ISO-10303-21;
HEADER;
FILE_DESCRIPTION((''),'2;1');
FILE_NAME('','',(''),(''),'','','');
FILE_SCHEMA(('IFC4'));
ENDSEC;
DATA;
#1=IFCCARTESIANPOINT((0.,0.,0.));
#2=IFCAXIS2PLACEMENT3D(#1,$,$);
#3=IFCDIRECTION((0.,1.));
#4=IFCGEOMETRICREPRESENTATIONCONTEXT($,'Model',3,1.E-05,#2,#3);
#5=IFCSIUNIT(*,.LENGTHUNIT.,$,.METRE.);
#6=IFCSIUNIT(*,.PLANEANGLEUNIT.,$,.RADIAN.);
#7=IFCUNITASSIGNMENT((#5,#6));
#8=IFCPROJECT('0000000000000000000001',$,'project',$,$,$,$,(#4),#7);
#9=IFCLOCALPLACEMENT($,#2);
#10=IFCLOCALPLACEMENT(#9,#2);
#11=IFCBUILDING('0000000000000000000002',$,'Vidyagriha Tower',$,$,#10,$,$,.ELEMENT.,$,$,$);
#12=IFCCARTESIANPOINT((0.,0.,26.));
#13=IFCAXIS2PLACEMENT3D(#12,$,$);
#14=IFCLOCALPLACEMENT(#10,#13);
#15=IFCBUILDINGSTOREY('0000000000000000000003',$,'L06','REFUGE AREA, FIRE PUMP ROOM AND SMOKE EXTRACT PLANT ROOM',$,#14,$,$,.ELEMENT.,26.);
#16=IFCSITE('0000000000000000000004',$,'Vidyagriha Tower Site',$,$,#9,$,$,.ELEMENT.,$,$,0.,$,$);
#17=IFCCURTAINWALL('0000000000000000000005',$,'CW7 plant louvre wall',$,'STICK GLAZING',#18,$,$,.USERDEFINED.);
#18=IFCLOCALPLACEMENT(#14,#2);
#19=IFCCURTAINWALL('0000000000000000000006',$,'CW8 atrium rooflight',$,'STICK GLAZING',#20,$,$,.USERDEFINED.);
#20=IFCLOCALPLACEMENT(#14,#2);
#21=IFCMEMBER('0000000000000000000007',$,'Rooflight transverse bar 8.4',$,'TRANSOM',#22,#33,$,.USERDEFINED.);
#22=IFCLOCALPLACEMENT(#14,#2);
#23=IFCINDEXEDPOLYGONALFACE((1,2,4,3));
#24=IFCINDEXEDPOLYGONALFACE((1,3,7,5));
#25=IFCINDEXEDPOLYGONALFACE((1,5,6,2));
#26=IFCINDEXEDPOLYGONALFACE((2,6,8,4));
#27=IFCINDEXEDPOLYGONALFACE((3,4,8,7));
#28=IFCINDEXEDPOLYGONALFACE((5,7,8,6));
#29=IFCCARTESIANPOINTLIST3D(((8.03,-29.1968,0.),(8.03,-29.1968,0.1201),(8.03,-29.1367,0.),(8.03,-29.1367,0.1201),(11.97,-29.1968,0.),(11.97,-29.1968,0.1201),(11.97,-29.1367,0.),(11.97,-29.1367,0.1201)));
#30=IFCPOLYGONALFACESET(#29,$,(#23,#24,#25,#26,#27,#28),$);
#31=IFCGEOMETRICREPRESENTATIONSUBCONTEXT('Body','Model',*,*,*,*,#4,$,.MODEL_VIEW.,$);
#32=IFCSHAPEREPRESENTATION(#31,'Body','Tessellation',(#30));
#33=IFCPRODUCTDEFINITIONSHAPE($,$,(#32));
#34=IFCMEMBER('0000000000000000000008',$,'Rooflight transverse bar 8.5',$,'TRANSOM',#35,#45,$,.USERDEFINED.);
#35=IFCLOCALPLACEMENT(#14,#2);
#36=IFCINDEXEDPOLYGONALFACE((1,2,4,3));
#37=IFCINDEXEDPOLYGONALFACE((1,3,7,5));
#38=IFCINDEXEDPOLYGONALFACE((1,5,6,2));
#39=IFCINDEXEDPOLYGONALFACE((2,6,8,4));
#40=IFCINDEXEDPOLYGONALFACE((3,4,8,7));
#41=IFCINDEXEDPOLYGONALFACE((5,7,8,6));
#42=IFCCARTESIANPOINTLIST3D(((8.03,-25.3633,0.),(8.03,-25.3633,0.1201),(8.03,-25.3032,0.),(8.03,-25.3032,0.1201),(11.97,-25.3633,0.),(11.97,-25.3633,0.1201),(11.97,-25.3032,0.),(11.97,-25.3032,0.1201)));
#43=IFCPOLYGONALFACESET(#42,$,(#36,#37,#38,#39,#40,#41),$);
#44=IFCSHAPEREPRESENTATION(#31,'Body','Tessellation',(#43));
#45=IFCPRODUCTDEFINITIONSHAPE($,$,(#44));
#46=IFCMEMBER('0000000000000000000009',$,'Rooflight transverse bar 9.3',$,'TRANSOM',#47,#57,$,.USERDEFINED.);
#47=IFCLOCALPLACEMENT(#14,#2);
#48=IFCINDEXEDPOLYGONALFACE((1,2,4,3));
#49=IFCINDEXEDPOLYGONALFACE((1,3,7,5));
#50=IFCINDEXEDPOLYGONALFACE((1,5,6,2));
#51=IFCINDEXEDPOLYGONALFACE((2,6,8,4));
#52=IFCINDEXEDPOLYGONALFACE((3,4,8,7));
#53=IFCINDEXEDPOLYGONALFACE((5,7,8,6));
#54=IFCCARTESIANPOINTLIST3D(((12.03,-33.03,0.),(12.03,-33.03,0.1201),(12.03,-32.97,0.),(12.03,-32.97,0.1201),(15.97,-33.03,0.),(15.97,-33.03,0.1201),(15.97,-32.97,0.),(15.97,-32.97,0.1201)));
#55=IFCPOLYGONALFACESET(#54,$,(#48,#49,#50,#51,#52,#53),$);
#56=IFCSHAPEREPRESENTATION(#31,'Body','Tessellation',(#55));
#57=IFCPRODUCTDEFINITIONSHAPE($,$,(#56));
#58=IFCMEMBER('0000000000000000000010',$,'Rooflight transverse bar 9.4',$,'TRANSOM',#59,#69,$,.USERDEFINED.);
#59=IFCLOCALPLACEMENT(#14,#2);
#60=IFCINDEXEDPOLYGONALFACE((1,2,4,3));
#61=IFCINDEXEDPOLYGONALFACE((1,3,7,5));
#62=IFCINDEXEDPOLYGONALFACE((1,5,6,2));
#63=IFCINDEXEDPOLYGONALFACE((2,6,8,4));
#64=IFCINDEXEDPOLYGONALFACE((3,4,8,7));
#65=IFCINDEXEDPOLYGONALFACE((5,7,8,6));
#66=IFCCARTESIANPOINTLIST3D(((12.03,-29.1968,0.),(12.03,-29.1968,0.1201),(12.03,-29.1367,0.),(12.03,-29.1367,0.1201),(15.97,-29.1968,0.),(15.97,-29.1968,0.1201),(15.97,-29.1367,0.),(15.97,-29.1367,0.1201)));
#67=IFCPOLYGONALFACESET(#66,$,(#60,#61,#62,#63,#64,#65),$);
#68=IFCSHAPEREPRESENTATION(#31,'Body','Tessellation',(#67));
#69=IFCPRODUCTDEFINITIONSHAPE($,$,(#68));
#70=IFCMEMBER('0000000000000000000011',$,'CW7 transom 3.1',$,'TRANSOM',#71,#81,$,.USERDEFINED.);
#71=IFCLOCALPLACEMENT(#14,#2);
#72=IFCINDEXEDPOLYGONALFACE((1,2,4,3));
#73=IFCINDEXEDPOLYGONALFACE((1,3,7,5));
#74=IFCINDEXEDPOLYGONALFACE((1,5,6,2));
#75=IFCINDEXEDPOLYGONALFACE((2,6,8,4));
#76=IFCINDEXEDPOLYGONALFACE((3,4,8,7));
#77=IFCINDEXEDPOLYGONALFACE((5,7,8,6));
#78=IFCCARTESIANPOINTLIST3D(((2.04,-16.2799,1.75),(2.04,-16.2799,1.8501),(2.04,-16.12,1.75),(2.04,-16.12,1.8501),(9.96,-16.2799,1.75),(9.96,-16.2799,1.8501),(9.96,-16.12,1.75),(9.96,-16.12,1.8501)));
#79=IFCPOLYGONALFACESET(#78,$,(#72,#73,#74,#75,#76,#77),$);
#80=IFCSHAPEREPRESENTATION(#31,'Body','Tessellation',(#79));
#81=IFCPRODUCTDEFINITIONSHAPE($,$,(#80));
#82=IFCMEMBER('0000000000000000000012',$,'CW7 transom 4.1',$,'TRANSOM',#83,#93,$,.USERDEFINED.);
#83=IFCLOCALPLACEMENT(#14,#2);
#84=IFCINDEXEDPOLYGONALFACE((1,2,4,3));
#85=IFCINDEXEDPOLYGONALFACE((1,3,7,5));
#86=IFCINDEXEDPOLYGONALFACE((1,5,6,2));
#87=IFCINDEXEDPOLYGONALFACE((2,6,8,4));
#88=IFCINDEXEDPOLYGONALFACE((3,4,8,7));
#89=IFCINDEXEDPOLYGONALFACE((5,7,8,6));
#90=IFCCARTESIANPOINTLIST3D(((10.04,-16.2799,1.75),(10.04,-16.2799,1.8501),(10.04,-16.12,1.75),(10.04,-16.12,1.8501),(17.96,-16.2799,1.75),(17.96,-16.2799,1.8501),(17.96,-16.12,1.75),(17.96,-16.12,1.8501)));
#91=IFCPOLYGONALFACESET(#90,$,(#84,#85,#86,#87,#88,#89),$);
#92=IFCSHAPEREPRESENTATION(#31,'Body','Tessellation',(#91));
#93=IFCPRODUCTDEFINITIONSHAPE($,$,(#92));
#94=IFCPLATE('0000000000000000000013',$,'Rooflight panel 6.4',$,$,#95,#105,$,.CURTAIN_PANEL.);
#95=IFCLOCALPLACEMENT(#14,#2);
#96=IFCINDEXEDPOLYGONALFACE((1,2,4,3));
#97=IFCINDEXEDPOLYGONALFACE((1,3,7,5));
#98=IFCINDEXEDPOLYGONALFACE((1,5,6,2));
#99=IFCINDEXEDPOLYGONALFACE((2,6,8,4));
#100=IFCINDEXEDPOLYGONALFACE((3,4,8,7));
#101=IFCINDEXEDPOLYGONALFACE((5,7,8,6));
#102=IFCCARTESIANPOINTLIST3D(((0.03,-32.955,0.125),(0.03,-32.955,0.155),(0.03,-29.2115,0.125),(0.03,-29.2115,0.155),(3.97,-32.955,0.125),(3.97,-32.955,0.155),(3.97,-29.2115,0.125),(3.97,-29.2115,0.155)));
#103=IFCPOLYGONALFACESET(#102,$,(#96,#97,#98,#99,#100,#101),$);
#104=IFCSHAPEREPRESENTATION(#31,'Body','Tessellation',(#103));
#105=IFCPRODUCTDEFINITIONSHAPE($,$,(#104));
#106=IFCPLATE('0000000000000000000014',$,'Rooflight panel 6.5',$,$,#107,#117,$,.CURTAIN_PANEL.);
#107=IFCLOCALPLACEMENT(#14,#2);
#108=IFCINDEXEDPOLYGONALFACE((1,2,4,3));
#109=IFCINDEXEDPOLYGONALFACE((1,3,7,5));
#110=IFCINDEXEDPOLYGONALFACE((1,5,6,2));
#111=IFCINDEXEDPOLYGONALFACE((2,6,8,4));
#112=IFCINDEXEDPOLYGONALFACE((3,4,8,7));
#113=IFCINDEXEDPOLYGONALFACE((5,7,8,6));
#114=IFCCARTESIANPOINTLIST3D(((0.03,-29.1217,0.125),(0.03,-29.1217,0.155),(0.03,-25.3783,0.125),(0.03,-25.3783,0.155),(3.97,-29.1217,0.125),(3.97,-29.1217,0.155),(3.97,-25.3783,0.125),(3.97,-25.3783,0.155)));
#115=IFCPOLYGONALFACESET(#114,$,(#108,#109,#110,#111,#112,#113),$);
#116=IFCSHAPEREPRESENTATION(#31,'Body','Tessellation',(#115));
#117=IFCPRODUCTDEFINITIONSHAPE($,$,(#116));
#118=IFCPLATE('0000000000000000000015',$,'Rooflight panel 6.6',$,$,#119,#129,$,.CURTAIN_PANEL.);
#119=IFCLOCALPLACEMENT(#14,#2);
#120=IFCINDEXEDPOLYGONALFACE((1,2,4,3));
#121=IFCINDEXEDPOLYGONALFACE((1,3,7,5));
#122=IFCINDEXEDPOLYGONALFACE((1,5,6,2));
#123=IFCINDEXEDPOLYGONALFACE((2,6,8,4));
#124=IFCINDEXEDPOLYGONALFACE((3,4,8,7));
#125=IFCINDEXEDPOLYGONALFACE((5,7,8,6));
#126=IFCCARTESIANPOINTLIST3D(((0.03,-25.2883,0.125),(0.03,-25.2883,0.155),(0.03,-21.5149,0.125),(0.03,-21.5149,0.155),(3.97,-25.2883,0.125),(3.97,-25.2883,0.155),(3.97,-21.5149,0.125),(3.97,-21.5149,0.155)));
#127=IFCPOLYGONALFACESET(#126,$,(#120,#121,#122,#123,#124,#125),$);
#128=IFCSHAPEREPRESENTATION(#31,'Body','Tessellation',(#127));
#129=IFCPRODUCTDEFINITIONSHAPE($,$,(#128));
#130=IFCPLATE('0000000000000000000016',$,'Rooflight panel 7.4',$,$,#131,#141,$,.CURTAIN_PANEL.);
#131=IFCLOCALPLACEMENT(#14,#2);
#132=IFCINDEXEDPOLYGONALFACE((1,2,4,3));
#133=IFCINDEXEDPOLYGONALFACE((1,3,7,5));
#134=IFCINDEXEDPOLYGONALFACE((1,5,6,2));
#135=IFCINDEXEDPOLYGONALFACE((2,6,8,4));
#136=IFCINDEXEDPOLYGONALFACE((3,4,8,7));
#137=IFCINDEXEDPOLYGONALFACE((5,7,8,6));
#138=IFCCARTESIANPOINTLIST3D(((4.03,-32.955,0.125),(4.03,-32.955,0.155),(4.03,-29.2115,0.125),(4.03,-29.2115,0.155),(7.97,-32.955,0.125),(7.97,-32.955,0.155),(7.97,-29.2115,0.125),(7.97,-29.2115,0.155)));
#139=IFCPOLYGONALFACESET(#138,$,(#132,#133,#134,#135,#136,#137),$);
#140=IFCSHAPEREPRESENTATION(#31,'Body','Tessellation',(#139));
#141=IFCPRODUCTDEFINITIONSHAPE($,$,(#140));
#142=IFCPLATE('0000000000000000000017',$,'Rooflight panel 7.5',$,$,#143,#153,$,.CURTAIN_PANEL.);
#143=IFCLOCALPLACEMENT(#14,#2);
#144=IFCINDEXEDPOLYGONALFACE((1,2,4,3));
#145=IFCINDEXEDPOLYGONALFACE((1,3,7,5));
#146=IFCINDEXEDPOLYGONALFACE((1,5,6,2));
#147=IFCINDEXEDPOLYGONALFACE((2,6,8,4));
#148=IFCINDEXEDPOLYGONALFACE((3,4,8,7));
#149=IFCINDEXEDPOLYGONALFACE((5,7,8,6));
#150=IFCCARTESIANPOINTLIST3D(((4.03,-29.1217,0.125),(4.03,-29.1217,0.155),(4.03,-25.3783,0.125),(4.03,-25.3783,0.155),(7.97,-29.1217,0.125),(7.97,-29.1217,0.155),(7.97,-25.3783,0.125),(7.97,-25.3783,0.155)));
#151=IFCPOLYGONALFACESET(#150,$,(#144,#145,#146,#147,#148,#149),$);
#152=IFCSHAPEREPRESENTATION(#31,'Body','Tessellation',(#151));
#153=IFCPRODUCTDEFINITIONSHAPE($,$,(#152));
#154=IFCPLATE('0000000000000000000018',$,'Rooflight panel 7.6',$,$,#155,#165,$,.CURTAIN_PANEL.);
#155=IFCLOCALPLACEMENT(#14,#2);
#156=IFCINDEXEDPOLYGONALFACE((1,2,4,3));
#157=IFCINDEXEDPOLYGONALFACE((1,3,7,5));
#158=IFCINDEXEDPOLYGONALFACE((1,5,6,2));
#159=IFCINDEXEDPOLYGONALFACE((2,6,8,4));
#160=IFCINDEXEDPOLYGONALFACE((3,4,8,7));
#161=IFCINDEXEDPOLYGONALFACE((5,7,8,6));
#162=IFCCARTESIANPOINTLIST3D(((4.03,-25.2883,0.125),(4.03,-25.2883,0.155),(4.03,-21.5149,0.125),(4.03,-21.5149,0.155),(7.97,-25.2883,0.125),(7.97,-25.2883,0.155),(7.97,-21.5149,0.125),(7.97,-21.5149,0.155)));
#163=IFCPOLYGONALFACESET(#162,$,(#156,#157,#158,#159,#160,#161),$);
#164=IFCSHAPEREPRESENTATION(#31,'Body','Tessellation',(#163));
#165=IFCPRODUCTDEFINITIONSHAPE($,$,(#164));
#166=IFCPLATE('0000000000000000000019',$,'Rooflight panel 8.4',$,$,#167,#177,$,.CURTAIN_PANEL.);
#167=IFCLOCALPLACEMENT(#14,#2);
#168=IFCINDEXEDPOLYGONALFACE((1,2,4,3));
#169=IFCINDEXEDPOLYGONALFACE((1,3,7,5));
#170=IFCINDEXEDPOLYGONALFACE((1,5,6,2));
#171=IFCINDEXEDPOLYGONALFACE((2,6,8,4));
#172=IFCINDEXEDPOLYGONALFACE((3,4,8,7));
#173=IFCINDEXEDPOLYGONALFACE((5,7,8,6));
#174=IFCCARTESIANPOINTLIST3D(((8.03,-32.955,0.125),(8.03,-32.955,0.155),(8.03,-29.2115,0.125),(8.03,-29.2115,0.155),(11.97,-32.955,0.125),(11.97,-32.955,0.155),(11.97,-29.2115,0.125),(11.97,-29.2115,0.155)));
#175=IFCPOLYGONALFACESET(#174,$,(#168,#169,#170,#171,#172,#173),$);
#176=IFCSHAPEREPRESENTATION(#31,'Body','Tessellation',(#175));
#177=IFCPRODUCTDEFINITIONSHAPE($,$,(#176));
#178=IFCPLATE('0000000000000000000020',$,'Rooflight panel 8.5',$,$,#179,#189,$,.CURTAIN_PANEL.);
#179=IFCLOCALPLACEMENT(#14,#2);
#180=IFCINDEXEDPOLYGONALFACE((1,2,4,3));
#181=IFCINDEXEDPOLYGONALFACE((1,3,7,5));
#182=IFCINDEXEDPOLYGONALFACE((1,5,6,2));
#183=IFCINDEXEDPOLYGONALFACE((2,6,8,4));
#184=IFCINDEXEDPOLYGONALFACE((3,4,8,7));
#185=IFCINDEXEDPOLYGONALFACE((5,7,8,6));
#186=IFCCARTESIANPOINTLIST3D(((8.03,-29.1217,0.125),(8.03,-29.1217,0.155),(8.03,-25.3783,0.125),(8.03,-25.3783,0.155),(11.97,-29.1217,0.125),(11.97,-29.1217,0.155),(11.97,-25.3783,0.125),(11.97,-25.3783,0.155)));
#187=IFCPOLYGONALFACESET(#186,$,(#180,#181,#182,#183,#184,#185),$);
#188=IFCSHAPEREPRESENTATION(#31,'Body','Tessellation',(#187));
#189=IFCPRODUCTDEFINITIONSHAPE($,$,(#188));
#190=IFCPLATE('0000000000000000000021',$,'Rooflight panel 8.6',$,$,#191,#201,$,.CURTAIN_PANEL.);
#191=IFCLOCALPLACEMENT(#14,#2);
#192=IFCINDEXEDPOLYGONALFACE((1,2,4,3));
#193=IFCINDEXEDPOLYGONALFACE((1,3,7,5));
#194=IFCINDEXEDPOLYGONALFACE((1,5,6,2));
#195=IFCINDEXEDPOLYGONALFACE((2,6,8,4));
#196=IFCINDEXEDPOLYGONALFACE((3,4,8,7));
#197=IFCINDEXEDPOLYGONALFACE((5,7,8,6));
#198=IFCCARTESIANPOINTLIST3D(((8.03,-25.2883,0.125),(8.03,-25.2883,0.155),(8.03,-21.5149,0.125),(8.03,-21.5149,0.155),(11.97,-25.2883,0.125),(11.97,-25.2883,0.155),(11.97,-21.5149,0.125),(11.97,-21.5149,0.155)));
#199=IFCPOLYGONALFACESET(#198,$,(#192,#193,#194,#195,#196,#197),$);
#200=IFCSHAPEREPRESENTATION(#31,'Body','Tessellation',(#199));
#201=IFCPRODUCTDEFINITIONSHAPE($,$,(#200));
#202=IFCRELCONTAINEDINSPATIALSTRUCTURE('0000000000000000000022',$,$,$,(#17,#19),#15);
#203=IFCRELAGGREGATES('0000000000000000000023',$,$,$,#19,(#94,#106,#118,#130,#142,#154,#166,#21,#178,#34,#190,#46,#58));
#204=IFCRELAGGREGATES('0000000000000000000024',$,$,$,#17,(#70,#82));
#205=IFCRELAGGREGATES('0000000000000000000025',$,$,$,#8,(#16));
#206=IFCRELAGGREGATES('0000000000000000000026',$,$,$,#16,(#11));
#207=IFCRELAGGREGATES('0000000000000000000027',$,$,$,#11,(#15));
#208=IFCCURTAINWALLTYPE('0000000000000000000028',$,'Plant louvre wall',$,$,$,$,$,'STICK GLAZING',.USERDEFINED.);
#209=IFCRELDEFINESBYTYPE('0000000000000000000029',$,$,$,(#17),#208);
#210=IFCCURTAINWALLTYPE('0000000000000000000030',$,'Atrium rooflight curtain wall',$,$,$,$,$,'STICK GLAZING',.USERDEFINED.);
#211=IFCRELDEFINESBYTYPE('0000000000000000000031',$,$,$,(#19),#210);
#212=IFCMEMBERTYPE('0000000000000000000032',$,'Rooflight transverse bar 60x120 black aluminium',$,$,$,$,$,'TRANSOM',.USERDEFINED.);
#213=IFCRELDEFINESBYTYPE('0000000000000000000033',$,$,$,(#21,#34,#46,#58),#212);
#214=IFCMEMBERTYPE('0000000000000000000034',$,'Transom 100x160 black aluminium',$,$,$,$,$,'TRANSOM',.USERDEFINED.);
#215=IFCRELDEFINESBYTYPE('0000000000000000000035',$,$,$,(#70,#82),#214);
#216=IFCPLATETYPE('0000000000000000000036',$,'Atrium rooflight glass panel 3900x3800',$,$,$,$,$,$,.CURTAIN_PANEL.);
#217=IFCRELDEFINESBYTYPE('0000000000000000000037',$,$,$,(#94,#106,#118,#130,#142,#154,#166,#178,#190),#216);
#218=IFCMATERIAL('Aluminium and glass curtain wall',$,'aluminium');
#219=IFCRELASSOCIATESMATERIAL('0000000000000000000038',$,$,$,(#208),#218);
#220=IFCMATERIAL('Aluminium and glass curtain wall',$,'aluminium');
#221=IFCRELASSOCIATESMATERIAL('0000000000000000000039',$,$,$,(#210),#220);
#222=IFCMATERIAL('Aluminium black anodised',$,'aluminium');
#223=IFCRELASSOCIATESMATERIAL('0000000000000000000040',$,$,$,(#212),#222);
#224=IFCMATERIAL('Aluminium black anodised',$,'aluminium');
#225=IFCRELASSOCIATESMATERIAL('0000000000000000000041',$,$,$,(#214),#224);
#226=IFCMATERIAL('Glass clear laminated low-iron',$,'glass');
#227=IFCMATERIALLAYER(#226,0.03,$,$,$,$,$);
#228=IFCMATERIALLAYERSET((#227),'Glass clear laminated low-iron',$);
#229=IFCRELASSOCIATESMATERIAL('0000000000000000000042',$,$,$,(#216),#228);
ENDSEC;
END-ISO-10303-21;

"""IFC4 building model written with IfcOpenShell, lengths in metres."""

from ifc_helpers import new_model, si_unit, direction, frame, origin, origin_2d, place, context, subcontext, project, spatial, rectangle, extrude, material, layer, layer_set, material_profile, profile_set, type_object, element, aggregate, save


model = new_model("IFC4")

# Units and contexts
model_context = context("Model", 3, precision=1e-05, world=origin(), true_north=direction((0.0, 1.0)))
body_context = subcontext(model_context, "Body", "Model", "MODEL_VIEW")
ifc_project = project(units=[si_unit("LENGTHUNIT", "METRE"), si_unit("PLANEANGLEUNIT", "RADIAN")], contexts=[model_context])

# Site, building, storey
site_placement = place(None, origin())
site = spatial("IfcSite", under=ifc_project, at=site_placement, Name="Vidyagriha Tower Site", CompositionType="ELEMENT", RefElevation=0.0)
building_placement = place(site_placement, origin())
building = spatial("IfcBuilding", under=site, at=building_placement, Name="Vidyagriha Tower", CompositionType="ELEMENT")
storey_placement = place(building_placement, frame((0.0, 0.0, 26.0)))
storey = spatial("IfcBuildingStorey", under=building, at=storey_placement, Name="L06", Description="REFUGE AREA, FIRE PUMP ROOM AND SMOKE EXTRACT PLANT ROOM", CompositionType="ELEMENT", Elevation=26.0)

# Curtain walls, members
ifc_material_1 = material(Name="Aluminium and glass curtain wall", Category="aluminium")
curtain_wall_type_1 = type_object("IfcCurtainWallType", Name="Plant louvre wall", ElementType="STICK GLAZING", PredefinedType="USERDEFINED", material=ifc_material_1)
curtain_wall_1_placement = place(storey_placement, origin())
curtain_wall_1 = element("IfcCurtainWall", 1, at=curtain_wall_1_placement, inside=storey, type_object=curtain_wall_type_1, Name="CW7 plant louvre wall", ObjectType="STICK GLAZING", PredefinedType="USERDEFINED")
ifc_material_2 = material(Name="Aluminium and glass curtain wall", Category="aluminium")
curtain_wall_type_2 = type_object("IfcCurtainWallType", Name="Atrium rooflight curtain wall", ElementType="STICK GLAZING", PredefinedType="USERDEFINED", material=ifc_material_2)
curtain_wall_2_placement = place(storey_placement, origin())
curtain_wall_2 = element("IfcCurtainWall", 2, at=curtain_wall_2_placement, inside=storey, type_object=curtain_wall_type_2, Name="CW8 atrium rooflight", ObjectType="STICK GLAZING", PredefinedType="USERDEFINED")
ifc_material_3 = material(Name="Aluminium black anodised", Category="aluminium")
ifc_material_profile_1 = material_profile(ifc_material_3, rectangle(XDim=0.0601, YDim=0.1201, at=origin_2d()), Name="Rooflight transverse bar 60x120 black aluminium")
ifc_profile_set_1 = profile_set([ifc_material_profile_1], Name="Aluminium black anodised")
member_type_1 = type_object("IfcMemberType", Name="Rooflight transverse bar 60x120 black aluminium", ElementType="TRANSOM", PredefinedType="USERDEFINED", material=ifc_profile_set_1)
member_1_placement = place(storey_placement, frame((8.03, -29.1667, 0.0601), z_axis=(1.0, 0.0, 0.0), x_axis=(0.0, 1.0, 0.0)))
member_1 = element("IfcMember", 3, at=member_1_placement, type_object=member_type_1, Name="Rooflight transverse bar 8.4", ObjectType="TRANSOM", PredefinedType="USERDEFINED", context=body_context, shape_type="SweptSolid", body=[
    extrude(rectangle(XDim=0.0601, YDim=0.1201, at=origin_2d()), origin(), (0.0, 0.0, 1.0), 3.9399),
])
member_2_placement = place(storey_placement, frame((8.03, -25.3333, 0.0601), z_axis=(1.0, 0.0, 0.0), x_axis=(0.0, 1.0, 0.0)))
member_2 = element("IfcMember", 4, at=member_2_placement, type_object=member_type_1, Name="Rooflight transverse bar 8.5", ObjectType="TRANSOM", PredefinedType="USERDEFINED", context=body_context, shape_type="SweptSolid", body=[
    extrude(rectangle(XDim=0.0601, YDim=0.1201, at=origin_2d()), origin(), (0.0, 0.0, 1.0), 3.9399),
])
member_3_placement = place(storey_placement, frame((12.03, -33.0, 0.0601), z_axis=(1.0, 0.0, 0.0), x_axis=(0.0, 1.0, 0.0)))
member_3 = element("IfcMember", 5, at=member_3_placement, type_object=member_type_1, Name="Rooflight transverse bar 9.3", ObjectType="TRANSOM", PredefinedType="USERDEFINED", context=body_context, shape_type="SweptSolid", body=[
    extrude(rectangle(XDim=0.0601, YDim=0.1201, at=origin_2d()), origin(), (0.0, 0.0, 1.0), 3.9399),
])
member_4_placement = place(storey_placement, frame((12.03, -29.1667, 0.0601), z_axis=(1.0, 0.0, 0.0), x_axis=(0.0, 1.0, 0.0)))
member_4 = element("IfcMember", 6, at=member_4_placement, type_object=member_type_1, Name="Rooflight transverse bar 9.4", ObjectType="TRANSOM", PredefinedType="USERDEFINED", context=body_context, shape_type="SweptSolid", body=[
    extrude(rectangle(XDim=0.0601, YDim=0.1201, at=origin_2d()), origin(), (0.0, 0.0, 1.0), 3.9399),
])

# Members
ifc_material_4 = material(Name="Aluminium black anodised", Category="aluminium")
ifc_material_profile_2 = material_profile(ifc_material_4, rectangle(XDim=0.1599, YDim=0.1001, at=origin_2d()), Name="Transom 100x160 black aluminium")
ifc_profile_set_2 = profile_set([ifc_material_profile_2], Name="Aluminium black anodised")
member_type_2 = type_object("IfcMemberType", Name="Transom 100x160 black aluminium", ElementType="TRANSOM", PredefinedType="USERDEFINED", material=ifc_profile_set_2)
member_5_placement = place(storey_placement, frame((2.04, -16.2, 1.8), z_axis=(1.0, 0.0, 0.0), x_axis=(0.0, 1.0, 0.0)))
member_5 = element("IfcMember", 7, at=member_5_placement, type_object=member_type_2, Name="CW7 transom 3.1", ObjectType="TRANSOM", PredefinedType="USERDEFINED", context=body_context, shape_type="SweptSolid", body=[
    extrude(rectangle(XDim=0.1599, YDim=0.1001, at=origin_2d()), origin(), (0.0, 0.0, 1.0), 7.9199),
])
member_6_placement = place(storey_placement, frame((10.04, -16.2, 1.8), z_axis=(1.0, 0.0, 0.0), x_axis=(0.0, 1.0, 0.0)))
member_6 = element("IfcMember", 8, at=member_6_placement, type_object=member_type_2, Name="CW7 transom 4.1", ObjectType="TRANSOM", PredefinedType="USERDEFINED", context=body_context, shape_type="SweptSolid", body=[
    extrude(rectangle(XDim=0.1599, YDim=0.1001, at=origin_2d()), origin(), (0.0, 0.0, 1.0), 7.9199),
])

# Plates
ifc_material_5 = material(Name="Glass clear laminated low-iron", Category="glass")
ifc_layer_1 = layer(ifc_material_5, 0.03)
ifc_layer_set_1 = layer_set([ifc_layer_1], Name="Glass clear laminated low-iron")
plate_type_1 = type_object("IfcPlateType", Name="Atrium rooflight glass panel 3900x3800", PredefinedType="CURTAIN_PANEL", material=ifc_layer_set_1)
plate_1_placement = place(storey_placement, frame((2.0, -31.0833, 0.125)))
plate_1 = element("IfcPlate", 9, at=plate_1_placement, type_object=plate_type_1, Name="Rooflight panel 6.4", PredefinedType="CURTAIN_PANEL", context=body_context, shape_type="SweptSolid", body=[
    extrude(rectangle(XDim=3.9399, YDim=3.7434, at=origin_2d()), origin(), (0.0, 0.0, 1.0), 0.03),
])
plate_2_placement = place(storey_placement, frame((2.0, -27.25, 0.125)))
plate_2 = element("IfcPlate", 10, at=plate_2_placement, type_object=plate_type_1, Name="Rooflight panel 6.5", PredefinedType="CURTAIN_PANEL", context=body_context, shape_type="SweptSolid", body=[
    extrude(rectangle(XDim=3.9399, YDim=3.7434, at=origin_2d()), origin(), (0.0, 0.0, 1.0), 0.03),
])
plate_3_placement = place(storey_placement, frame((2.0, -23.4016, 0.125)))
plate_3 = element("IfcPlate", 11, at=plate_3_placement, type_object=plate_type_1, Name="Rooflight panel 6.6", PredefinedType="CURTAIN_PANEL", context=body_context, shape_type="SweptSolid", body=[
    extrude(rectangle(XDim=3.9399, YDim=3.7734, at=origin_2d()), origin(), (0.0, 0.0, 1.0), 0.03),
])
plate_4_placement = place(storey_placement, frame((6.0, -31.0833, 0.125)))
plate_4 = element("IfcPlate", 12, at=plate_4_placement, type_object=plate_type_1, Name="Rooflight panel 7.4", PredefinedType="CURTAIN_PANEL", context=body_context, shape_type="SweptSolid", body=[
    extrude(rectangle(XDim=3.9399, YDim=3.7434, at=origin_2d()), origin(), (0.0, 0.0, 1.0), 0.03),
])
plate_5_placement = place(storey_placement, frame((6.0, -27.25, 0.125)))
plate_5 = element("IfcPlate", 13, at=plate_5_placement, type_object=plate_type_1, Name="Rooflight panel 7.5", PredefinedType="CURTAIN_PANEL", context=body_context, shape_type="SweptSolid", body=[
    extrude(rectangle(XDim=3.9399, YDim=3.7434, at=origin_2d()), origin(), (0.0, 0.0, 1.0), 0.03),
])
plate_6_placement = place(storey_placement, frame((6.0, -23.4016, 0.125)))
plate_6 = element("IfcPlate", 14, at=plate_6_placement, type_object=plate_type_1, Name="Rooflight panel 7.6", PredefinedType="CURTAIN_PANEL", context=body_context, shape_type="SweptSolid", body=[
    extrude(rectangle(XDim=3.9399, YDim=3.7734, at=origin_2d()), origin(), (0.0, 0.0, 1.0), 0.03),
])
plate_7_placement = place(storey_placement, frame((10.0, -31.0833, 0.125)))
plate_7 = element("IfcPlate", 15, at=plate_7_placement, type_object=plate_type_1, Name="Rooflight panel 8.4", PredefinedType="CURTAIN_PANEL", context=body_context, shape_type="SweptSolid", body=[
    extrude(rectangle(XDim=3.9399, YDim=3.7434, at=origin_2d()), origin(), (0.0, 0.0, 1.0), 0.03),
])
plate_8_placement = place(storey_placement, frame((10.0, -27.25, 0.125)))
plate_8 = element("IfcPlate", 16, at=plate_8_placement, type_object=plate_type_1, Name="Rooflight panel 8.5", PredefinedType="CURTAIN_PANEL", context=body_context, shape_type="SweptSolid", body=[
    extrude(rectangle(XDim=3.9399, YDim=3.7434, at=origin_2d()), origin(), (0.0, 0.0, 1.0), 0.03),
])
plate_9_placement = place(storey_placement, frame((10.0, -23.4016, 0.125)))
plate_9 = element("IfcPlate", 17, at=plate_9_placement, type_object=plate_type_1, Name="Rooflight panel 8.6", PredefinedType="CURTAIN_PANEL", context=body_context, shape_type="SweptSolid", body=[
    extrude(rectangle(XDim=3.9399, YDim=3.7734, at=origin_2d()), origin(), (0.0, 0.0, 1.0), 0.03),
])
aggregate(curtain_wall_2, [plate_1, plate_2, plate_3, plate_4, plate_5, plate_6, plate_7, member_1, plate_8, member_2, plate_9, member_3, member_4])
aggregate(curtain_wall_1, [member_5, member_6])

save(model, "model.ifc")
